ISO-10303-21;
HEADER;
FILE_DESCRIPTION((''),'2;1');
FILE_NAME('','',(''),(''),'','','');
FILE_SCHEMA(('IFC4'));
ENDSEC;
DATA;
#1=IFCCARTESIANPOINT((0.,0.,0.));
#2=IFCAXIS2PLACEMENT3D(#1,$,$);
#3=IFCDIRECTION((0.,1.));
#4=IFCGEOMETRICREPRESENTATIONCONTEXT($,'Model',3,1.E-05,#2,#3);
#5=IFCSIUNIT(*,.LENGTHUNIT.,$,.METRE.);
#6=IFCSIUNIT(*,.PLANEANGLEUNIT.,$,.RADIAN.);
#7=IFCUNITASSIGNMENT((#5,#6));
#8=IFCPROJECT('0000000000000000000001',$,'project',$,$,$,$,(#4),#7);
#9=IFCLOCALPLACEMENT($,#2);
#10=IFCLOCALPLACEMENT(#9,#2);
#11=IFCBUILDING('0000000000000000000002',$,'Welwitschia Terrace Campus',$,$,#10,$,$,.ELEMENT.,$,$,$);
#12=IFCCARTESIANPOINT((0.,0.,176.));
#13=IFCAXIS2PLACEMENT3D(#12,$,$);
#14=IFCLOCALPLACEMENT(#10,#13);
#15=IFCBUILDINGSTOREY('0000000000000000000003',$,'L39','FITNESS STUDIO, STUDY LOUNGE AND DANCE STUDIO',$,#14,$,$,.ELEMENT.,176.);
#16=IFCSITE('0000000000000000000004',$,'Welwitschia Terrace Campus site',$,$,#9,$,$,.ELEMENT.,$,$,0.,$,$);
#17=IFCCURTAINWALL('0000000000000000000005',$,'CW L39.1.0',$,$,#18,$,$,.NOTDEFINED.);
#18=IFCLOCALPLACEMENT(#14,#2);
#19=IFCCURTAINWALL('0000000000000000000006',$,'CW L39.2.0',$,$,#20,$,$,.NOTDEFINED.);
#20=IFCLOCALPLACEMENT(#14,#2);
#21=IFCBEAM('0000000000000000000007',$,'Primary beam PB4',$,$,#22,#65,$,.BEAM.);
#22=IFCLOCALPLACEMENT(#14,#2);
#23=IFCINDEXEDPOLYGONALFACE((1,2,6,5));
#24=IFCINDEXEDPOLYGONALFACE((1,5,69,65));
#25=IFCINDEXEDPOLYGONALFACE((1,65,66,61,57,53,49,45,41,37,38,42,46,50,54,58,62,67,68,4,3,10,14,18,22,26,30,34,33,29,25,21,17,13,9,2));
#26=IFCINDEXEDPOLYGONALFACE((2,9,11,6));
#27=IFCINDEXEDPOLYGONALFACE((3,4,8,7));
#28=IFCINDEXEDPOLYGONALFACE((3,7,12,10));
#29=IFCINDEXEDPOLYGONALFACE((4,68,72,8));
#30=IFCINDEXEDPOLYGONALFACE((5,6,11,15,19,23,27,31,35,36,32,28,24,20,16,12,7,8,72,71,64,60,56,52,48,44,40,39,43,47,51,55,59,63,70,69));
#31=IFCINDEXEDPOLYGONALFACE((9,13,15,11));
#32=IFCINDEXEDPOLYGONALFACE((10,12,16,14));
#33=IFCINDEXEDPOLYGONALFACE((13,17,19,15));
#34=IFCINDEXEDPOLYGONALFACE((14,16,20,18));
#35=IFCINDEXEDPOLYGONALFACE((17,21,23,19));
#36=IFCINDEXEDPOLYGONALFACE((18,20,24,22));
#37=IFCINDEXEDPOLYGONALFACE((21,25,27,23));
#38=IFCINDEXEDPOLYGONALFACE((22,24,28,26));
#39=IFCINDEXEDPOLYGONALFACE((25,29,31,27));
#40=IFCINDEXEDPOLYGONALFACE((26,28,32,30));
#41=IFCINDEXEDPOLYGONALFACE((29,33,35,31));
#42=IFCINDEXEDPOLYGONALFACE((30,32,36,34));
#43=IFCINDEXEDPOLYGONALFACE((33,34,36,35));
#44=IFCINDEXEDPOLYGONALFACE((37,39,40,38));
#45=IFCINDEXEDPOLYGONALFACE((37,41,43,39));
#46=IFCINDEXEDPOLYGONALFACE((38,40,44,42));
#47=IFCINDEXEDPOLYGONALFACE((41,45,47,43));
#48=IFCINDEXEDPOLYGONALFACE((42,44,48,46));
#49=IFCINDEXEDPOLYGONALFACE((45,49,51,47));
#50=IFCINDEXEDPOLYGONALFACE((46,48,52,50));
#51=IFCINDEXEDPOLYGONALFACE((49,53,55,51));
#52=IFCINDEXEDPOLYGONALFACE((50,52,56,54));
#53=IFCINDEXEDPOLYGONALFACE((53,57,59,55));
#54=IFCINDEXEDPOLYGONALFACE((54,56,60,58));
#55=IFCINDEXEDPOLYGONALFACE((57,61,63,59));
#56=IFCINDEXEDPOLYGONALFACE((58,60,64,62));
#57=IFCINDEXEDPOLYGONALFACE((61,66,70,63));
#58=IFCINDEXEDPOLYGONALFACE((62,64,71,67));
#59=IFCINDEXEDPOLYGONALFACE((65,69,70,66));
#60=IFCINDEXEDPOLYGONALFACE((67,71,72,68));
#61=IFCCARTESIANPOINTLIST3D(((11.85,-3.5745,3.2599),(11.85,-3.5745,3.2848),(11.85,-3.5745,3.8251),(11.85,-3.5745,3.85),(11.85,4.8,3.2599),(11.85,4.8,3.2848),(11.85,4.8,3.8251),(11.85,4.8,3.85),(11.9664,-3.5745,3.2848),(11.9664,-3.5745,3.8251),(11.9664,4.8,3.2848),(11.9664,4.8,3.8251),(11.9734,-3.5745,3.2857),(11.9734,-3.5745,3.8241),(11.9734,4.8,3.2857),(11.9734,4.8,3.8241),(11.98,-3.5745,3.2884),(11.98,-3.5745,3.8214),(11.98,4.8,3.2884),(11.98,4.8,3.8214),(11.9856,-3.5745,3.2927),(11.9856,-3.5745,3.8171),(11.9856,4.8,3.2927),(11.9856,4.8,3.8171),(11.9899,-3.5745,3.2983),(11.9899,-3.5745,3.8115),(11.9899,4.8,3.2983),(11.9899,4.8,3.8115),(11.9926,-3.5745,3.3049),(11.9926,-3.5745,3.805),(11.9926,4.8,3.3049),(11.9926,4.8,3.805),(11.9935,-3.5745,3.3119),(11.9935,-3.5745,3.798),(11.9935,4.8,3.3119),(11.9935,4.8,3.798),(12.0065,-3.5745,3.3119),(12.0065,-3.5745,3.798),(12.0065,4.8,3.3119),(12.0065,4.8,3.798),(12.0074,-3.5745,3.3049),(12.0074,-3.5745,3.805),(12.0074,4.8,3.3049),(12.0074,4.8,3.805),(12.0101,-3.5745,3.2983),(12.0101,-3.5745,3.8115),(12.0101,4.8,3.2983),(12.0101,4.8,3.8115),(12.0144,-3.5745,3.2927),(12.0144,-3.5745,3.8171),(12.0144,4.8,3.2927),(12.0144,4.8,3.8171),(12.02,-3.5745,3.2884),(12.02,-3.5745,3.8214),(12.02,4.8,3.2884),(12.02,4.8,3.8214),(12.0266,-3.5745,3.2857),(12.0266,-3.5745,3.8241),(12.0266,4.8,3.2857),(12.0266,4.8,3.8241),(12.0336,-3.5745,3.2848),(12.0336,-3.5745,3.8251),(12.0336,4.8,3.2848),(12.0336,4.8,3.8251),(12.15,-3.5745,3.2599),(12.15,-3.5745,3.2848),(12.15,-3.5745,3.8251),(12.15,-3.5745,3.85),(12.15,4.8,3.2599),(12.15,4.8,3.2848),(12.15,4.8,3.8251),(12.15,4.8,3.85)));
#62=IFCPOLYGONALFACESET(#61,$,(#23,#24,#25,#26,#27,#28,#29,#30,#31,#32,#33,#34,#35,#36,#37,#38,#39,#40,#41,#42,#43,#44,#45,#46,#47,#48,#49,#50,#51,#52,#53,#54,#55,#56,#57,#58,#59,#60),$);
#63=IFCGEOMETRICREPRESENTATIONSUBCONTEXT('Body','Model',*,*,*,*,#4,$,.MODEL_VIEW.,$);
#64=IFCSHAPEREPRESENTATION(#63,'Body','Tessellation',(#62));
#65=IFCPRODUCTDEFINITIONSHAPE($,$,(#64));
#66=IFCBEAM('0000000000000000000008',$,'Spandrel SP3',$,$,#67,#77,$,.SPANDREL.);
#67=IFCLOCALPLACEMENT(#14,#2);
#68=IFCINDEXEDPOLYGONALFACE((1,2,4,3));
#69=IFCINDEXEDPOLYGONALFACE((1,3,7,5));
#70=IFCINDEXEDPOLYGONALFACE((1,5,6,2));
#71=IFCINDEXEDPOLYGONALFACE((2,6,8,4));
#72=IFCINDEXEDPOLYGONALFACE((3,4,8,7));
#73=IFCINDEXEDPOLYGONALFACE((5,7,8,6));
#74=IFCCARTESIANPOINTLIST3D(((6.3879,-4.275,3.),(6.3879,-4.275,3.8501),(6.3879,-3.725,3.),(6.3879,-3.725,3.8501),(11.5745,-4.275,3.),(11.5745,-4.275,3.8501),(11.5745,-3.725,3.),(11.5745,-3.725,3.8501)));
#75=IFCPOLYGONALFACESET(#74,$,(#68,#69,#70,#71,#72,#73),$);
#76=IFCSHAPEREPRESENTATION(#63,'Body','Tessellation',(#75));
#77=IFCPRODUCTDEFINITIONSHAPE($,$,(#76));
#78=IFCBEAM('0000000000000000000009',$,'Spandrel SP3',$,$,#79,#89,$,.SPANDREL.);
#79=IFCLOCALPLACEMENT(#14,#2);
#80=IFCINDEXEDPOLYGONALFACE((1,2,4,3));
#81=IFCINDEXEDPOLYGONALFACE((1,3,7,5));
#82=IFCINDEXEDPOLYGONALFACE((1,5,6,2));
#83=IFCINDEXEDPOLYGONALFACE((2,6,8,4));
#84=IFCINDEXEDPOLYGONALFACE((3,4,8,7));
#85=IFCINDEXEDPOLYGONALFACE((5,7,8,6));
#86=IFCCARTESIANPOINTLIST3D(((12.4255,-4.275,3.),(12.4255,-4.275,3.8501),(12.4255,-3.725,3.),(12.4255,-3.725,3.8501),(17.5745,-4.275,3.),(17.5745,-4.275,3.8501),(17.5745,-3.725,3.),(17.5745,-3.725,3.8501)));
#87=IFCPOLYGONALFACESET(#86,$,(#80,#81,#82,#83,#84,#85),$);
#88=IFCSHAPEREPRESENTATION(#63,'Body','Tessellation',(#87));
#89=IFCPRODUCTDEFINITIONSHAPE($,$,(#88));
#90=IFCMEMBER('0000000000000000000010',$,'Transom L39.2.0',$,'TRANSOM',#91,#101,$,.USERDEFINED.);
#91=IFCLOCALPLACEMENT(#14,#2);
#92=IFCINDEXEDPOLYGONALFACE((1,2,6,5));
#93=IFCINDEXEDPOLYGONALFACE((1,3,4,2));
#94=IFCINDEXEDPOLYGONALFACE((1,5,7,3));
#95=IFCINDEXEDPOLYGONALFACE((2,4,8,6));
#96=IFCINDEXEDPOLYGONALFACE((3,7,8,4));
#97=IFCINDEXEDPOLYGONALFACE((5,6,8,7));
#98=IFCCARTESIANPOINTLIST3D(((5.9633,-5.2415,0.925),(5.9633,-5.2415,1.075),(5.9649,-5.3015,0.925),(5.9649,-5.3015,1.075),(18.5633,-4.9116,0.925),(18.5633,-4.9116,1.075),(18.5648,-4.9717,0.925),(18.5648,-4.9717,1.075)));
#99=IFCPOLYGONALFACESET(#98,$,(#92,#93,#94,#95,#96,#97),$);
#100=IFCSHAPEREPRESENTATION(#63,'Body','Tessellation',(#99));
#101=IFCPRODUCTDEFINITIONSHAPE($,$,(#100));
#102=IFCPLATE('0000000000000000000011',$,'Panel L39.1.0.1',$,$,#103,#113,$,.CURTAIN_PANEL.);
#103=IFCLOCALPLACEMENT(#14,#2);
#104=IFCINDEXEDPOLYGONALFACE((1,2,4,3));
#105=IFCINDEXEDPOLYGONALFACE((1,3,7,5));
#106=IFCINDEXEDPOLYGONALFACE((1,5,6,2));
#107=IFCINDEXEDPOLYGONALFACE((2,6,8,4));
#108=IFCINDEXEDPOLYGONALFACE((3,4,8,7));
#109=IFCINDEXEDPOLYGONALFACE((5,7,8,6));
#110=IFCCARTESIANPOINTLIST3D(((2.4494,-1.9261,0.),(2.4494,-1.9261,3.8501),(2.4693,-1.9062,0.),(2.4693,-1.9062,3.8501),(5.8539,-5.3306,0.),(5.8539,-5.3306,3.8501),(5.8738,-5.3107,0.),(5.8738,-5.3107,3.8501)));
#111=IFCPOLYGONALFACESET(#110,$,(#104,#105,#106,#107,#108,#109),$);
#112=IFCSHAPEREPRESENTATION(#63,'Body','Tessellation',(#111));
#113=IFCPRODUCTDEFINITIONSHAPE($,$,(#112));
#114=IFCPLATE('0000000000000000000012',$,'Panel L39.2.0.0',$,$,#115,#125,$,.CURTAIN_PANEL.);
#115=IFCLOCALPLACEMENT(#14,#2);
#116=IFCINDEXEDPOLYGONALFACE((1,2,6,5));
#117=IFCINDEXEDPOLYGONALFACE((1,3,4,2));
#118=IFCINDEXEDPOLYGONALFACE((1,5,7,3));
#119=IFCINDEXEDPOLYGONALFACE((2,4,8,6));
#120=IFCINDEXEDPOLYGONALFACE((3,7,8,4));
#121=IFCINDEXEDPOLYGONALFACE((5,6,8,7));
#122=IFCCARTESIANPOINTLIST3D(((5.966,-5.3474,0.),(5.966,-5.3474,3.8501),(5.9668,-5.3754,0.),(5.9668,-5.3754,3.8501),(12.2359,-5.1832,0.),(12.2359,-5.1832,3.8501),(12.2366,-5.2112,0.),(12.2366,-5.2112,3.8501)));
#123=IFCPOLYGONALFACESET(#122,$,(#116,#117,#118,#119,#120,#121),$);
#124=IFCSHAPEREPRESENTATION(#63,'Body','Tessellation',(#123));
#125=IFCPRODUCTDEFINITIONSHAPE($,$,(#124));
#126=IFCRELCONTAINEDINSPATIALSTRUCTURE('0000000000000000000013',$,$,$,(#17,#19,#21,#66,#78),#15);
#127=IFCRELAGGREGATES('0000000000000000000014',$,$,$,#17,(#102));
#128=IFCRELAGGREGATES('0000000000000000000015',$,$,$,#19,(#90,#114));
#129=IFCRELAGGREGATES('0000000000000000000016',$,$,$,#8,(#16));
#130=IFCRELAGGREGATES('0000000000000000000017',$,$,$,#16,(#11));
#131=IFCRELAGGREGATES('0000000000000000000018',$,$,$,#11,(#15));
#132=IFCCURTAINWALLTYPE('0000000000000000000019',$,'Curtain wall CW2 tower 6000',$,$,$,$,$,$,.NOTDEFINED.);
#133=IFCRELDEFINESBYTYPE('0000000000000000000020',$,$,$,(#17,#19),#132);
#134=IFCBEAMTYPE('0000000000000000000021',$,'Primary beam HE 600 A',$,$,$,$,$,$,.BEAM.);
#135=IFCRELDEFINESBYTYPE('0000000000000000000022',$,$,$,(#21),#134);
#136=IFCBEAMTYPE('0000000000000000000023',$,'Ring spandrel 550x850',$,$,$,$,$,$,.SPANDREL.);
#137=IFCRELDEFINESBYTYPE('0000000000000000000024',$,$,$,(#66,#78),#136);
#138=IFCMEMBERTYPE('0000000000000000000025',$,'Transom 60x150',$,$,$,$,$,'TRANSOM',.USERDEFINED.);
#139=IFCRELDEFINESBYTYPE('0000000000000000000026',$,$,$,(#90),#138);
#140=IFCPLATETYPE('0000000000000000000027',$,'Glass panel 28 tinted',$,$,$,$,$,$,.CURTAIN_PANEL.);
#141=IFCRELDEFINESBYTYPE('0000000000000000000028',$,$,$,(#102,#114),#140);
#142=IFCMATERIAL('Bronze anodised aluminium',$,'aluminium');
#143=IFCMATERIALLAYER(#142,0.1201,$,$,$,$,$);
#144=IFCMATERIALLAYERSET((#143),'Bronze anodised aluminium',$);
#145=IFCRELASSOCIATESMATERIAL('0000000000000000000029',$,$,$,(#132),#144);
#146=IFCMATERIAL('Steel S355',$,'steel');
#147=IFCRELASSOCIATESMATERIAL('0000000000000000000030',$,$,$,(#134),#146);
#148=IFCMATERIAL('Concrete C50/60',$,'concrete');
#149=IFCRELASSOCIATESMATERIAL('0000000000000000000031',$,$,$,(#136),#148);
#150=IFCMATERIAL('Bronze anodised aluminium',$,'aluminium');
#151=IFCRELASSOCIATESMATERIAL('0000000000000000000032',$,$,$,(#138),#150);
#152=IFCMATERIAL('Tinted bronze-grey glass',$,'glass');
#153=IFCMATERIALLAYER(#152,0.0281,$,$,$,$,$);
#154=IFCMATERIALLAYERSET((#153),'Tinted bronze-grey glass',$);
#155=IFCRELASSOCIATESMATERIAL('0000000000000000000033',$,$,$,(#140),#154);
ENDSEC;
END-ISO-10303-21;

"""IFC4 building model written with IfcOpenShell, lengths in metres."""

from ifc_helpers import new_model, si_unit, direction, frame, origin, origin_2d, place, context, subcontext, project, spatial, rectangle, i_section, extrude, material, layer, layer_set, material_profile, profile_set, type_object, element, aggregate, save


model = new_model("IFC4")

# Units and contexts
model_context = context("Model", 3, precision=1e-05, world=origin(), true_north=direction((0.0, 1.0)))
body_context = subcontext(model_context, "Body", "Model", "MODEL_VIEW")
ifc_project = project(units=[si_unit("LENGTHUNIT", "METRE"), si_unit("PLANEANGLEUNIT", "RADIAN")], contexts=[model_context])

# Site, building, storey
site_placement = place(None, origin())
site = spatial("IfcSite", under=ifc_project, at=site_placement, Name="Welwitschia Terrace Campus site", CompositionType="ELEMENT", RefElevation=0.0)
building_placement = place(site_placement, origin())
building = spatial("IfcBuilding", under=site, at=building_placement, Name="Welwitschia Terrace Campus", CompositionType="ELEMENT")
storey_placement = place(building_placement, frame((0.0, 0.0, 176.0)))
storey = spatial("IfcBuildingStorey", under=building, at=storey_placement, Name="L39", Description="FITNESS STUDIO, STUDY LOUNGE AND DANCE STUDIO", CompositionType="ELEMENT", Elevation=176.0)

# Curtain wall
ifc_material_1 = material(Name="Bronze anodised aluminium", Category="aluminium")
ifc_layer_1 = layer(ifc_material_1, 0.1201)
ifc_layer_set_1 = layer_set([ifc_layer_1], Name="Bronze anodised aluminium")
curtain_wall_type = type_object("IfcCurtainWallType", Name="Curtain wall CW2 tower 6000", PredefinedType="NOTDEFINED", material=ifc_layer_set_1)
curtain_wall_1_placement = place(storey_placement, origin())
curtain_wall_1 = element("IfcCurtainWall", 1, at=curtain_wall_1_placement, inside=storey, type_object=curtain_wall_type, Name="CW L39.1.0", PredefinedType="NOTDEFINED")

# Curtain wall
curtain_wall_2_placement = place(storey_placement, origin())
curtain_wall_2 = element("IfcCurtainWall", 2, at=curtain_wall_2_placement, inside=storey, type_object=curtain_wall_type, Name="CW L39.2.0", PredefinedType="NOTDEFINED")

# Beams
ifc_material_2 = material(Name="Steel S355", Category="steel")
ifc_material_profile_1 = material_profile(ifc_material_2, i_section(OverallWidth=0.3, OverallDepth=0.5901, WebThickness=0.0129, FlangeThickness=0.0249, FilletRadius=0.0271, at=origin_2d()))
ifc_profile_set_1 = profile_set([ifc_material_profile_1], Name="Steel S355")
beam_type_1 = type_object("IfcBeamType", Name="Primary beam HE 600 A", PredefinedType="BEAM", material=ifc_profile_set_1)
beam_1_placement = place(storey_placement, frame((12.0, -3.5745, 3.5549), z_axis=(0.0, 1.0, 0.0), x_axis=(-1.0, 0.0, 0.0)))
element("IfcBeam", 3, at=beam_1_placement, inside=storey, type_object=beam_type_1, Name="Primary beam PB4", PredefinedType="BEAM", context=body_context, shape_type="SweptSolid", body=[
    extrude(i_section(OverallWidth=0.3, OverallDepth=0.5901, WebThickness=0.0129, FlangeThickness=0.0249, FilletRadius=0.0271, at=origin_2d()), origin(), (0.0, 0.0, 1.0), 8.3745),
])
ifc_material_3 = material(Name="Concrete C50/60", Category="concrete")
ifc_material_profile_2 = material_profile(ifc_material_3, rectangle(XDim=0.55, YDim=0.8501, at=origin_2d()))
ifc_profile_set_2 = profile_set([ifc_material_profile_2], Name="Concrete C50/60")
beam_type_2 = type_object("IfcBeamType", Name="Ring spandrel 550x850", PredefinedType="SPANDREL", material=ifc_profile_set_2)
beam_2_placement = place(storey_placement, frame((6.3879, -4.0, 3.425), z_axis=(1.0, 0.0, 0.0), x_axis=(0.0, 1.0, 0.0)))
element("IfcBeam", 4, at=beam_2_placement, inside=storey, type_object=beam_type_2, Name="Spandrel SP3", PredefinedType="SPANDREL", context=body_context, shape_type="SweptSolid", body=[
    extrude(rectangle(XDim=0.55, YDim=0.8501, at=origin_2d()), origin(), (0.0, 0.0, 1.0), 5.1865),
])
beam_3_placement = place(storey_placement, frame((12.4255, -4.0, 3.425), z_axis=(1.0, 0.0, 0.0), x_axis=(0.0, 1.0, 0.0)))
element("IfcBeam", 5, at=beam_3_placement, inside=storey, type_object=beam_type_2, Name="Spandrel SP3", PredefinedType="SPANDREL", context=body_context, shape_type="SweptSolid", body=[
    extrude(rectangle(XDim=0.55, YDim=0.8501, at=origin_2d()), origin(), (0.0, 0.0, 1.0), 5.1489),
])

# Member
ifc_material_4 = material(Name="Bronze anodised aluminium", Category="aluminium")
ifc_material_profile_3 = material_profile(ifc_material_4, rectangle(XDim=0.0601, YDim=0.1499, at=origin_2d()))
ifc_profile_set_3 = profile_set([ifc_material_profile_3], Name="Bronze anodised aluminium")
member_type_1 = type_object("IfcMemberType", Name="Transom 60x150", ElementType="TRANSOM", PredefinedType="USERDEFINED", material=ifc_profile_set_3)
member_1_placement = place(storey_placement, frame((5.9641, -5.2715, 1.0), z_axis=(0.999658, 0.026169, 0.0), x_axis=(-0.026169, 0.999658, 0.0)))
member_1 = element("IfcMember", 6, at=member_1_placement, type_object=member_type_1, Name="Transom L39.2.0", ObjectType="TRANSOM", PredefinedType="USERDEFINED", context=body_context, shape_type="SweptSolid", body=[
    extrude(rectangle(XDim=0.0601, YDim=0.1499, at=origin_2d()), origin(), (0.0, 0.0, 1.0), 12.6042),
])

# Plates
ifc_material_5 = material(Name="Tinted bronze-grey glass", Category="glass")
ifc_layer_2 = layer(ifc_material_5, 0.0281)
ifc_layer_set_2 = layer_set([ifc_layer_2], Name="Tinted bronze-grey glass")
plate_type = type_object("IfcPlateType", Name="Glass panel 28 tinted", PredefinedType="CURTAIN_PANEL", material=ifc_layer_set_2)
plate_1_placement = place(storey_placement, frame((4.1616, -3.6184, 0.0), z_axis=(0.0, 0.0, 1.0), x_axis=(0.707107, -0.707107, 0.0)))
plate_1 = element("IfcPlate", 7, at=plate_1_placement, type_object=plate_type, Name="Panel L39.1.0.1", PredefinedType="CURTAIN_PANEL", context=body_context, shape_type="SweptSolid", body=[
    extrude(rectangle(XDim=4.8147, YDim=0.0281, at=origin_2d()), origin(), (0.0, 0.0, 1.0), 3.8501),
])
aggregate(curtain_wall_1, [plate_1])
plate_2_placement = place(storey_placement, frame((9.1013, -5.2793, 0.0), z_axis=(0.0, 0.0, 1.0), x_axis=(0.999657, 0.026177, 0.0)))
plate_2 = element("IfcPlate", 8, at=plate_2_placement, type_object=plate_type, Name="Panel L39.2.0.0", PredefinedType="CURTAIN_PANEL", context=body_context, shape_type="SweptSolid", body=[
    extrude(rectangle(XDim=6.272, YDim=0.0281, at=origin_2d()), origin(), (0.0, 0.0, 1.0), 3.8501),
])
aggregate(curtain_wall_2, [member_1, plate_2])

save(model, "model.ifc")
